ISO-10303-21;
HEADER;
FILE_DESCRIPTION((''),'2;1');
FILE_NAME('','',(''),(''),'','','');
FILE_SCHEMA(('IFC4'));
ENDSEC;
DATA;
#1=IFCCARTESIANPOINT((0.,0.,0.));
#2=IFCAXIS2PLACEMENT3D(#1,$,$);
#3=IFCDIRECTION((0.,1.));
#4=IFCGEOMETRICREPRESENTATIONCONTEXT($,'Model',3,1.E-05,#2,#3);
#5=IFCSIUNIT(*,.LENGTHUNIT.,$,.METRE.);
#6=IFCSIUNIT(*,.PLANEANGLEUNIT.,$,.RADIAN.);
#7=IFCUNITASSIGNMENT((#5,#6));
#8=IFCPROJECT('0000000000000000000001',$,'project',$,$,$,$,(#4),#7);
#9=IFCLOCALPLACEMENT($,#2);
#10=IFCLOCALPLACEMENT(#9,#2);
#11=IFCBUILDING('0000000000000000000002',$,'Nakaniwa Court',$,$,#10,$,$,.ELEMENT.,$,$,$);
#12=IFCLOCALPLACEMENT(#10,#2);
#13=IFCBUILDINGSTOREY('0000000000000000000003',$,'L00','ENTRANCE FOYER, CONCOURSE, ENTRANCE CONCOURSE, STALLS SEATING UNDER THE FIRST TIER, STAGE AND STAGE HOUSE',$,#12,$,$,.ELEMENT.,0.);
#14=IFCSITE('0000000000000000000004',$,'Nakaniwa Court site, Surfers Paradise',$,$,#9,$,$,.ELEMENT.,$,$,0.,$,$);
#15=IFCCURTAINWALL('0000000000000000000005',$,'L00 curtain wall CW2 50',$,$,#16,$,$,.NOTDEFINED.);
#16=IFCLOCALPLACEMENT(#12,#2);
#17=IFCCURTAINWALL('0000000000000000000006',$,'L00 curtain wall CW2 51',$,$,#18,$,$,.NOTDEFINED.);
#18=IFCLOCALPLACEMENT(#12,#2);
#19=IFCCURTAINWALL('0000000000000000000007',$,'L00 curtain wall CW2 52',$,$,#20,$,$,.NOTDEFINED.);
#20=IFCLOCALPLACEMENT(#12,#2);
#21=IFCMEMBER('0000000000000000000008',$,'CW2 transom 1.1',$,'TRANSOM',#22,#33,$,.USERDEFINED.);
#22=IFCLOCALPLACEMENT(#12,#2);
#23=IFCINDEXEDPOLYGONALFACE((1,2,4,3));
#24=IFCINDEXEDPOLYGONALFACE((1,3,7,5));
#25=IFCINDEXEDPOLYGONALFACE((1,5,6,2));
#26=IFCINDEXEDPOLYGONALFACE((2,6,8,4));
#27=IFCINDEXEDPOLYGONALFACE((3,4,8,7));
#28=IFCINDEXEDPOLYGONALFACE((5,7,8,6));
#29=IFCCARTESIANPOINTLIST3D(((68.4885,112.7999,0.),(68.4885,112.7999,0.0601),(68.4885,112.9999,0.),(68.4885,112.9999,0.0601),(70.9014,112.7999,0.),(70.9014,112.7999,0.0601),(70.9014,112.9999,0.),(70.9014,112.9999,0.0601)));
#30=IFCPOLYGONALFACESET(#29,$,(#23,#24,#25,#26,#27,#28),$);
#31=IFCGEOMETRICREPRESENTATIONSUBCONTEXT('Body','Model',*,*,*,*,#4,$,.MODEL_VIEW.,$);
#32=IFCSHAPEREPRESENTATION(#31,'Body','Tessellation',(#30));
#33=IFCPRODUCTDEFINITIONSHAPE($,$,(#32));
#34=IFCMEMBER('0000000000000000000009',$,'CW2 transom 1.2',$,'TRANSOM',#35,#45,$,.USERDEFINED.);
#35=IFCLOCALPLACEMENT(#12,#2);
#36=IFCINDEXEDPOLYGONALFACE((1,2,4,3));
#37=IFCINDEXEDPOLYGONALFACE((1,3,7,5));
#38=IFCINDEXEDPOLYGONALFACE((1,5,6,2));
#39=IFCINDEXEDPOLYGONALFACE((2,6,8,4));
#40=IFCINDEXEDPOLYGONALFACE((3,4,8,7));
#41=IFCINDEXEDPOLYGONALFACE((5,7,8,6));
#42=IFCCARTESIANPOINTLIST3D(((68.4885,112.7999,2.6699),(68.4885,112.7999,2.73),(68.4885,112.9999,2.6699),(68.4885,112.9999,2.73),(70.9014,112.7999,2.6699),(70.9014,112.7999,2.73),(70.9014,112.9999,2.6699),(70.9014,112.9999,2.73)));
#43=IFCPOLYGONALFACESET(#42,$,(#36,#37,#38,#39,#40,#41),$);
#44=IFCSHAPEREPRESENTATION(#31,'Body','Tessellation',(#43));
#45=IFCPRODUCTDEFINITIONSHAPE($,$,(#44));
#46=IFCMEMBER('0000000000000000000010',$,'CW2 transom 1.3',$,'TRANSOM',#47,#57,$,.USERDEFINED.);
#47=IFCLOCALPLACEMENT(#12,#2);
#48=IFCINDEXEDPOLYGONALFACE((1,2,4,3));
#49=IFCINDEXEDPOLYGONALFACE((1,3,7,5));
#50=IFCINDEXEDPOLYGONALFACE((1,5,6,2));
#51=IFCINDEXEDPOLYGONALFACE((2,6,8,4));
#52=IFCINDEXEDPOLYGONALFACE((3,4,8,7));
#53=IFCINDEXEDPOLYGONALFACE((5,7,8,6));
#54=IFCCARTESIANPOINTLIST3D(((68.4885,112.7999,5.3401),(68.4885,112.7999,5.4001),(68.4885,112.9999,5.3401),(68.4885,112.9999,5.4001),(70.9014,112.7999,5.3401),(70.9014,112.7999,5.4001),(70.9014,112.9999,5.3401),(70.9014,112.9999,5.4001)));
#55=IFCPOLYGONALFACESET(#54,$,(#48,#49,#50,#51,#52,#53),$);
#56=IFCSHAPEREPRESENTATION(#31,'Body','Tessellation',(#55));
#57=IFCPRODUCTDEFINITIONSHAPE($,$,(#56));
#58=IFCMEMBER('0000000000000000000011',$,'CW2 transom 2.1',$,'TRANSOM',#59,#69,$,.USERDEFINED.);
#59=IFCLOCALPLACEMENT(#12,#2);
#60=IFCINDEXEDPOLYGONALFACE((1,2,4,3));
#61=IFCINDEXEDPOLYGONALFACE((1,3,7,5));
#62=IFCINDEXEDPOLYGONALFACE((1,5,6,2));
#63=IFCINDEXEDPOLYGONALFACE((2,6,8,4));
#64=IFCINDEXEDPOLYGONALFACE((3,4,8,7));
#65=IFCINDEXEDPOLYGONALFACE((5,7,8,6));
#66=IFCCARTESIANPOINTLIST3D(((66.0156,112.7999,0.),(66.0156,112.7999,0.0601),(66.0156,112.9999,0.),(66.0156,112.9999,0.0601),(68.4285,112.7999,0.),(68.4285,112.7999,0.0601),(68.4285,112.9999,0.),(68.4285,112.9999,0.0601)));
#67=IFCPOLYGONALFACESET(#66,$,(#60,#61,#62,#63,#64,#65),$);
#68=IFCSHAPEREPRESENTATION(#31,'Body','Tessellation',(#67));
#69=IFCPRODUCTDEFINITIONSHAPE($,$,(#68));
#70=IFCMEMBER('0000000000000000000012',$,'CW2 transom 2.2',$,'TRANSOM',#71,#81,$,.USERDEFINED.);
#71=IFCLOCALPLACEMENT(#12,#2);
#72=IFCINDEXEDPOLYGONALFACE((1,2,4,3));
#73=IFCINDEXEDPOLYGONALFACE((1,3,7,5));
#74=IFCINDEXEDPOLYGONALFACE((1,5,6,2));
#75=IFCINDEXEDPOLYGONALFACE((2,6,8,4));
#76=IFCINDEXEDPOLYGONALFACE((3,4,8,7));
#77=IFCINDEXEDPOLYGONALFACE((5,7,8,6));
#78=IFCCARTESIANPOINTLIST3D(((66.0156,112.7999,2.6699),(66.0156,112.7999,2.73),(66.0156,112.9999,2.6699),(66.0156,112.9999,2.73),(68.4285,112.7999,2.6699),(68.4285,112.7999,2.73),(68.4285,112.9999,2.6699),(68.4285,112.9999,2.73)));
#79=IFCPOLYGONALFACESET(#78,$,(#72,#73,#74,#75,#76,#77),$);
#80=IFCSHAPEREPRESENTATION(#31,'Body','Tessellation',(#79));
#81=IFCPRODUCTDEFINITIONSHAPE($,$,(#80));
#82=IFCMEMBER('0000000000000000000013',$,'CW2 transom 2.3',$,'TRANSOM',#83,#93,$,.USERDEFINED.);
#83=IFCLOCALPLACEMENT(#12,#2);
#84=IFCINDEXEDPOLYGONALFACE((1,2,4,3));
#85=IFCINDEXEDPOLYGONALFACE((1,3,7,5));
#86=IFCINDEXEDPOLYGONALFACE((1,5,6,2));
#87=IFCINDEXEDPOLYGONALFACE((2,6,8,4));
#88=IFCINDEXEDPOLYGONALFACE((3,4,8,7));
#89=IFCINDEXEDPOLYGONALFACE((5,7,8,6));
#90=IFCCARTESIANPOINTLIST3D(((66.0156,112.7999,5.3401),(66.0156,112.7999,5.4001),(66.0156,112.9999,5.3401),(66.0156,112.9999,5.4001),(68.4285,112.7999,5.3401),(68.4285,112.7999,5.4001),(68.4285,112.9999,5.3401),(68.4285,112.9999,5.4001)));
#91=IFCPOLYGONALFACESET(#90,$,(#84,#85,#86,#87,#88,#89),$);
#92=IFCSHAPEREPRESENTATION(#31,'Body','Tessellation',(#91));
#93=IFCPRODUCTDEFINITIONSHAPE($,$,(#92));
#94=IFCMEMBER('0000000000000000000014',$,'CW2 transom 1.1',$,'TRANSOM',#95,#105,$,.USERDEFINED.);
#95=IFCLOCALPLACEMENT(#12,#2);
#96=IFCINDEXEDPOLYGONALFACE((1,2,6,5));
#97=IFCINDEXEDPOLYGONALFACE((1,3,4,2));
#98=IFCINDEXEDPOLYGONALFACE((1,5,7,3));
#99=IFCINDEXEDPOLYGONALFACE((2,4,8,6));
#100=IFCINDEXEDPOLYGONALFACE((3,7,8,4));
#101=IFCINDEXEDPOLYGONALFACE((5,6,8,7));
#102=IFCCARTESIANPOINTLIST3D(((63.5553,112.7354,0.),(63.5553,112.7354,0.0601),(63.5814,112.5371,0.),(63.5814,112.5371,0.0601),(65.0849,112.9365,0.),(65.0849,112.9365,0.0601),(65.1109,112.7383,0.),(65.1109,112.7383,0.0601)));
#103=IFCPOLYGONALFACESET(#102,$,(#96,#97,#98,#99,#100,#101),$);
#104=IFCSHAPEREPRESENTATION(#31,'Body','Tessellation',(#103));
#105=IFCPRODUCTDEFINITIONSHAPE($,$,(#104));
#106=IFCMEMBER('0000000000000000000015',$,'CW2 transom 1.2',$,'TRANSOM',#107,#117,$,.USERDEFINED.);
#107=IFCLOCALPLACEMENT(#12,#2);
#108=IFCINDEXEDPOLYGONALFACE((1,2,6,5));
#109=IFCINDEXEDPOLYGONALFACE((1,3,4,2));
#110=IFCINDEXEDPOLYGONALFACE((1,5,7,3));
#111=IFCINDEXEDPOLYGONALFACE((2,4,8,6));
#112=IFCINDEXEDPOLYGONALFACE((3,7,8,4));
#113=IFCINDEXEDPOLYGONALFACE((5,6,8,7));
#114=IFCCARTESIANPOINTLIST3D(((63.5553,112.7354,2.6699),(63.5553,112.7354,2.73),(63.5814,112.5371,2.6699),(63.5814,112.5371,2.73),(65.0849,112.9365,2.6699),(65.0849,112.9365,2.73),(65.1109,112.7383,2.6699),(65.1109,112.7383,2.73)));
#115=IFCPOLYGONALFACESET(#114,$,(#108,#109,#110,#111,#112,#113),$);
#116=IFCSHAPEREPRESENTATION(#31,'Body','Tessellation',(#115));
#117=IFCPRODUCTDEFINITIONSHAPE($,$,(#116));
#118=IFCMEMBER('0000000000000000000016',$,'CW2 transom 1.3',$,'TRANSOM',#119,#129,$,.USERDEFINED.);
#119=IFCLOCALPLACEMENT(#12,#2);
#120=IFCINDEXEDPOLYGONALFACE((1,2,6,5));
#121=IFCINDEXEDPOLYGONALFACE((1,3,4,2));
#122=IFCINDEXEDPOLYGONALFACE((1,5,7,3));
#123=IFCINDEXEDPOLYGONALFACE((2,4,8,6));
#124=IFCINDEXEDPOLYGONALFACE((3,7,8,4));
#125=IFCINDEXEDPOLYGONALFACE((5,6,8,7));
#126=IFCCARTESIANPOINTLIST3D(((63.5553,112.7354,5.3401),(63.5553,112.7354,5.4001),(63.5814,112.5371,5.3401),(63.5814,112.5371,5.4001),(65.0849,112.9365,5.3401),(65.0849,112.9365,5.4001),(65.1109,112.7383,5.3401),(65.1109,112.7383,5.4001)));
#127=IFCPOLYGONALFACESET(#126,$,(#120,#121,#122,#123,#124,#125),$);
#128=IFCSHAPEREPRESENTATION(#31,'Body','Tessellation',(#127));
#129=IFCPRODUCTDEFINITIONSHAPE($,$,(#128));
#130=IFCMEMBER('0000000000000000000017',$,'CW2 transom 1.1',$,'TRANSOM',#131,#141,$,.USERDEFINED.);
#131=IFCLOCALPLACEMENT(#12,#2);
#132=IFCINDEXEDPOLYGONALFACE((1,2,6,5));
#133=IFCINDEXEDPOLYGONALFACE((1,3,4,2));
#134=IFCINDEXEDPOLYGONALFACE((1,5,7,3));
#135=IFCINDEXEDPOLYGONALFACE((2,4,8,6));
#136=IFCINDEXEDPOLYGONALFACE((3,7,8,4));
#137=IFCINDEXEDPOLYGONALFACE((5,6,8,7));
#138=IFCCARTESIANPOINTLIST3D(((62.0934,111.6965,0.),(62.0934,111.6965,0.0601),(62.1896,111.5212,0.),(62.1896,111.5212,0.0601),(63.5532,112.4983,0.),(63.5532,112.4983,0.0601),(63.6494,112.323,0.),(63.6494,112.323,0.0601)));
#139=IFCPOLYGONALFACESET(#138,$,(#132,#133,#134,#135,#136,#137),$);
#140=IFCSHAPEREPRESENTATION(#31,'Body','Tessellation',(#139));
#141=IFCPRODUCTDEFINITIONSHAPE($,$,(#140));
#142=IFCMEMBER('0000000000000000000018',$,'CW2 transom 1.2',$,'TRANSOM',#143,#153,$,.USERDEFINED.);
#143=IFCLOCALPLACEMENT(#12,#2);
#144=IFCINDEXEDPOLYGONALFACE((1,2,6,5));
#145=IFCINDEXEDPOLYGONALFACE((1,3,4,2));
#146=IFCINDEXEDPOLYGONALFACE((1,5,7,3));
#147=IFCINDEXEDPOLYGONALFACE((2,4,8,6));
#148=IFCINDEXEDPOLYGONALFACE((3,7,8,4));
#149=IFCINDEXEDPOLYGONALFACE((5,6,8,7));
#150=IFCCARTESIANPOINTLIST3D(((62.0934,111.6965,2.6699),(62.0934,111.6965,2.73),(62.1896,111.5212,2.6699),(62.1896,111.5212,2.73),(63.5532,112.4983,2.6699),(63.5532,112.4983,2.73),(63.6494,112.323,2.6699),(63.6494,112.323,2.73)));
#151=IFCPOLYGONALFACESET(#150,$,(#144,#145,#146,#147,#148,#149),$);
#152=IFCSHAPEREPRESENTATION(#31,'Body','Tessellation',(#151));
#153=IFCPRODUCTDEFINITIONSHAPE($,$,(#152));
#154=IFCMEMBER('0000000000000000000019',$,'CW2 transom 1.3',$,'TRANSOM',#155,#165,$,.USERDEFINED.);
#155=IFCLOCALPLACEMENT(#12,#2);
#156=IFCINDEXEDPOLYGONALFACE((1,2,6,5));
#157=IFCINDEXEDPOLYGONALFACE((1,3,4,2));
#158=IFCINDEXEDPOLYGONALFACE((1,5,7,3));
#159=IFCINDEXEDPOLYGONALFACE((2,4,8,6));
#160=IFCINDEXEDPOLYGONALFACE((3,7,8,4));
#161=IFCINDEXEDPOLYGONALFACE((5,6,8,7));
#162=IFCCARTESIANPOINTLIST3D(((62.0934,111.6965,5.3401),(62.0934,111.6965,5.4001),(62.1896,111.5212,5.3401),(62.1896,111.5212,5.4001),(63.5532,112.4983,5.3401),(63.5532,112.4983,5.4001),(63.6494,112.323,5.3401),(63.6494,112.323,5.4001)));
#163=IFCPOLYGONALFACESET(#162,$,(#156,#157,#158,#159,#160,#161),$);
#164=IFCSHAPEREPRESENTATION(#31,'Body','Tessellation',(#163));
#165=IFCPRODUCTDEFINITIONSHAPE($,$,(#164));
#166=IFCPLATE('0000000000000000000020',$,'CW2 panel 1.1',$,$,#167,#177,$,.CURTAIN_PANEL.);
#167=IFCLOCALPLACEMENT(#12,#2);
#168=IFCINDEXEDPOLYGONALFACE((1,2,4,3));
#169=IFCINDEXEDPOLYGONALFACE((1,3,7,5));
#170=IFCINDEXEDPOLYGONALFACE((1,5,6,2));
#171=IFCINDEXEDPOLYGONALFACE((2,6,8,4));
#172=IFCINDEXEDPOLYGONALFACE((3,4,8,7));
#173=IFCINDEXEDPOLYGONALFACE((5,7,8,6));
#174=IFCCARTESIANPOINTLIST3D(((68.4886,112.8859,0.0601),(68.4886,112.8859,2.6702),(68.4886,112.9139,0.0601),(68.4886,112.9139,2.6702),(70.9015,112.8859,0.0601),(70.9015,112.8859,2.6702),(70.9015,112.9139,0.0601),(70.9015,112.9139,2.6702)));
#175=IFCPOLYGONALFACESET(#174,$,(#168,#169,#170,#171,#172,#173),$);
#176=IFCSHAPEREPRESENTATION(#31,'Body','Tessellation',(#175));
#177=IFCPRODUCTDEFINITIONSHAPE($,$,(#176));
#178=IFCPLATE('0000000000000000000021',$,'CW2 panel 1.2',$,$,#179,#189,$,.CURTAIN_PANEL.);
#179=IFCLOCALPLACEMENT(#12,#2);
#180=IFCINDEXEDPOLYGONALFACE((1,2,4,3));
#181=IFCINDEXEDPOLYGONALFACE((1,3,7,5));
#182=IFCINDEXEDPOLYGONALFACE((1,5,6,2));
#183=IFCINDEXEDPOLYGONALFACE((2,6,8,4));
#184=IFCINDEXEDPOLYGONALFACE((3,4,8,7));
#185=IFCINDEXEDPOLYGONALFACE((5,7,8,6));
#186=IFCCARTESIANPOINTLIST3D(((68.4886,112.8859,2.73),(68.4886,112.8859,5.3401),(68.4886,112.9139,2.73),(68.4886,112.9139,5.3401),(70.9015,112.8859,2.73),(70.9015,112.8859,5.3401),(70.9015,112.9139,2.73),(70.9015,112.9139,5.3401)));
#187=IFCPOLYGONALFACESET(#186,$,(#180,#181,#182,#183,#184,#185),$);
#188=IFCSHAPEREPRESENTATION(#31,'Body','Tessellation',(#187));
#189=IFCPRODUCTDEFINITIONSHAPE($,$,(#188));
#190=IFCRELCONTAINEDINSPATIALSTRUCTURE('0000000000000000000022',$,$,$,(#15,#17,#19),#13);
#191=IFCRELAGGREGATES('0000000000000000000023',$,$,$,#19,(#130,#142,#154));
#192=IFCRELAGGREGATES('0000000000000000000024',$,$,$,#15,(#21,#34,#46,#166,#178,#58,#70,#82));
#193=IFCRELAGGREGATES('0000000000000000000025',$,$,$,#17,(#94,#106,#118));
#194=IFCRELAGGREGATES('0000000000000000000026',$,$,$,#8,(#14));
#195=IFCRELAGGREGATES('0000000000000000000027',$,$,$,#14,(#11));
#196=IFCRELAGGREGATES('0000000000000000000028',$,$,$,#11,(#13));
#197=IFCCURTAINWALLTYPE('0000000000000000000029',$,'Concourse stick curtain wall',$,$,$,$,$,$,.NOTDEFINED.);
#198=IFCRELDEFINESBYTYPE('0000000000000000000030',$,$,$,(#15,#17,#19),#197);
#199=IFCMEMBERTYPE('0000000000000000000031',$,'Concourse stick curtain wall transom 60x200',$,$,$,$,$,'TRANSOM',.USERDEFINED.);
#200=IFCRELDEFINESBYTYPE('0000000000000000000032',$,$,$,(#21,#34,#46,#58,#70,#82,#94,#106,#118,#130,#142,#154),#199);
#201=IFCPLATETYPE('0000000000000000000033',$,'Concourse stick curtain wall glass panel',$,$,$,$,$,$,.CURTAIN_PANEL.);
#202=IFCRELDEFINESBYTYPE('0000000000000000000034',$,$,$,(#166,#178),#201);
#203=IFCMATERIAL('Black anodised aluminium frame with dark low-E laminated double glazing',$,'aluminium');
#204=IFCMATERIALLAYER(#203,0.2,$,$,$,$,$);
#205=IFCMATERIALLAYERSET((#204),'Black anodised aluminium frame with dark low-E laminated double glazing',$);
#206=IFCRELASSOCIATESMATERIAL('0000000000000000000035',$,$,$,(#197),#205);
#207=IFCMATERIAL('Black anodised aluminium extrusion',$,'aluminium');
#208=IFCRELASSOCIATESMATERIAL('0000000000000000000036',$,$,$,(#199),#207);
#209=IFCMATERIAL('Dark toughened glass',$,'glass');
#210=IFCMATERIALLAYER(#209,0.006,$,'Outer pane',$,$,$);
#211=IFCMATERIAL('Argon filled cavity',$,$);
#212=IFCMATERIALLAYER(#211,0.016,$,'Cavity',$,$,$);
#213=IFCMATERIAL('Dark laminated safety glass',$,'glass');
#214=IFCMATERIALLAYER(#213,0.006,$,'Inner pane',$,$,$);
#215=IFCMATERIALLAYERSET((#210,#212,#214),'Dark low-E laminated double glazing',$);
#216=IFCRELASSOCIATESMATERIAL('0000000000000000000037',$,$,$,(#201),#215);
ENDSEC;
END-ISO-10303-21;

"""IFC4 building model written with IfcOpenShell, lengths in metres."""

from ifc_helpers import new_model, si_unit, direction, frame, origin, origin_2d, place, context, subcontext, project, spatial, rectangle, extrude, material, layer, layer_set, material_profile, profile_set, type_object, element, aggregate, save


model = new_model("IFC4")

# Units and contexts
model_context = context("Model", 3, precision=1e-05, world=origin(), true_north=direction((0.0, 1.0)))
body_context = subcontext(model_context, "Body", "Model", "MODEL_VIEW")
ifc_project = project(units=[si_unit("LENGTHUNIT", "METRE"), si_unit("PLANEANGLEUNIT", "RADIAN")], contexts=[model_context])

# Site, building, storey
site_placement = place(None, origin())
site = spatial("IfcSite", under=ifc_project, at=site_placement, Name="Nakaniwa Court site, Surfers Paradise", CompositionType="ELEMENT", RefElevation=0.0)
building_placement = place(site_placement, origin())
building = spatial("IfcBuilding", under=site, at=building_placement, Name="Nakaniwa Court", CompositionType="ELEMENT")
storey_placement = place(building_placement, origin())
storey = spatial("IfcBuildingStorey", under=building, at=storey_placement, Name="L00", Description="ENTRANCE FOYER, CONCOURSE, ENTRANCE CONCOURSE, STALLS SEATING UNDER THE FIRST TIER, STAGE AND STAGE HOUSE", CompositionType="ELEMENT", Elevation=0.0)

# Curtain walls
ifc_material_1 = material(Name="Black anodised aluminium frame with dark low-E laminated double glazing", Category="aluminium")
ifc_layer_1 = layer(ifc_material_1, 0.2)
ifc_layer_set_1 = layer_set([ifc_layer_1], Name="Black anodised aluminium frame with dark low-E laminated double glazing")
curtain_wall_type = type_object("IfcCurtainWallType", Name="Concourse stick curtain wall", PredefinedType="NOTDEFINED", material=ifc_layer_set_1)
curtain_wall_1_placement = place(storey_placement, origin())
curtain_wall_1 = element("IfcCurtainWall", 1, at=curtain_wall_1_placement, inside=storey, type_object=curtain_wall_type, Name="L00 curtain wall CW2 50", PredefinedType="NOTDEFINED")
ifc_material_2 = material(Name="Black anodised aluminium extrusion", Category="aluminium")
curtain_wall_2_placement = place(storey_placement, origin())
curtain_wall_2 = element("IfcCurtainWall", 2, at=curtain_wall_2_placement, inside=storey, type_object=curtain_wall_type, Name="L00 curtain wall CW2 51", PredefinedType="NOTDEFINED")

# Curtain wall
curtain_wall_3_placement = place(storey_placement, origin())
curtain_wall_3 = element("IfcCurtainWall", 3, at=curtain_wall_3_placement, inside=storey, type_object=curtain_wall_type, Name="L00 curtain wall CW2 52", PredefinedType="NOTDEFINED")

# Members
ifc_material_profile_1 = material_profile(ifc_material_2, rectangle(XDim=0.2, YDim=0.0601, at=origin_2d()), Name="Concourse stick curtain wall transom 60x200")
ifc_profile_set_1 = profile_set([ifc_material_profile_1], Name="Black anodised aluminium extrusion")
member_type_1 = type_object("IfcMemberType", Name="Concourse stick curtain wall transom 60x200", ElementType="TRANSOM", PredefinedType="USERDEFINED", material=ifc_profile_set_1)
member_1_placement = place(storey_placement, frame((70.9014, 112.8999, 0.03), z_axis=(-1.0, 0.0, 0.0), x_axis=(0.0, -1.0, 0.0)))
member_1 = element("IfcMember", 4, at=member_1_placement, type_object=member_type_1, Name="CW2 transom 1.1", ObjectType="TRANSOM", PredefinedType="USERDEFINED", context=body_context, shape_type="SweptSolid", body=[
    extrude(rectangle(XDim=0.2, YDim=0.0601, at=origin_2d()), origin(), (0.0, 0.0, 1.0), 2.4128),
])
member_2_placement = place(storey_placement, frame((70.9014, 112.8999, 2.7), z_axis=(-1.0, 0.0, 0.0), x_axis=(0.0, -1.0, 0.0)))
member_2 = element("IfcMember", 5, at=member_2_placement, type_object=member_type_1, Name="CW2 transom 1.2", ObjectType="TRANSOM", PredefinedType="USERDEFINED", context=body_context, shape_type="SweptSolid", body=[
    extrude(rectangle(XDim=0.2, YDim=0.0601, at=origin_2d()), origin(), (0.0, 0.0, 1.0), 2.4128),
])
member_3_placement = place(storey_placement, frame((70.9014, 112.8999, 5.3701), z_axis=(-1.0, 0.0, 0.0), x_axis=(0.0, -1.0, 0.0)))
member_3 = element("IfcMember", 6, at=member_3_placement, type_object=member_type_1, Name="CW2 transom 1.3", ObjectType="TRANSOM", PredefinedType="USERDEFINED", context=body_context, shape_type="SweptSolid", body=[
    extrude(rectangle(XDim=0.2, YDim=0.0601, at=origin_2d()), origin(), (0.0, 0.0, 1.0), 2.4128),
])
member_4_placement = place(storey_placement, frame((68.4285, 112.8999, 0.03), z_axis=(-1.0, 0.0, 0.0), x_axis=(0.0, -1.0, 0.0)))
member_4 = element("IfcMember", 7, at=member_4_placement, type_object=member_type_1, Name="CW2 transom 2.1", ObjectType="TRANSOM", PredefinedType="USERDEFINED", context=body_context, shape_type="SweptSolid", body=[
    extrude(rectangle(XDim=0.2, YDim=0.0601, at=origin_2d()), origin(), (0.0, 0.0, 1.0), 2.4128),
])
member_5_placement = place(storey_placement, frame((68.4285, 112.8999, 2.7), z_axis=(-1.0, 0.0, 0.0), x_axis=(0.0, -1.0, 0.0)))
member_5 = element("IfcMember", 8, at=member_5_placement, type_object=member_type_1, Name="CW2 transom 2.2", ObjectType="TRANSOM", PredefinedType="USERDEFINED", context=body_context, shape_type="SweptSolid", body=[
    extrude(rectangle(XDim=0.2, YDim=0.0601, at=origin_2d()), origin(), (0.0, 0.0, 1.0), 2.4128),
])
member_6_placement = place(storey_placement, frame((68.4285, 112.8999, 5.3701), z_axis=(-1.0, 0.0, 0.0), x_axis=(0.0, -1.0, 0.0)))
member_6 = element("IfcMember", 9, at=member_6_placement, type_object=member_type_1, Name="CW2 transom 2.3", ObjectType="TRANSOM", PredefinedType="USERDEFINED", context=body_context, shape_type="SweptSolid", body=[
    extrude(rectangle(XDim=0.2, YDim=0.0601, at=origin_2d()), origin(), (0.0, 0.0, 1.0), 2.4128),
])
member_7_placement = place(storey_placement, frame((65.0979, 112.8374, 0.03), z_axis=(-0.991461, -0.130401, 0.0), x_axis=(0.130401, -0.991461, 0.0)))
member_7 = element("IfcMember", 10, at=member_7_placement, type_object=member_type_1, Name="CW2 transom 1.1", ObjectType="TRANSOM", PredefinedType="USERDEFINED", context=body_context, shape_type="SweptSolid", body=[
    extrude(rectangle(XDim=0.2, YDim=0.0601, at=origin_2d()), origin(), (0.0, 0.0, 1.0), 1.5427),
])
member_8_placement = place(storey_placement, frame((65.0979, 112.8374, 2.7), z_axis=(-0.991461, -0.130401, 0.0), x_axis=(0.130401, -0.991461, 0.0)))
member_8 = element("IfcMember", 11, at=member_8_placement, type_object=member_type_1, Name="CW2 transom 1.2", ObjectType="TRANSOM", PredefinedType="USERDEFINED", context=body_context, shape_type="SweptSolid", body=[
    extrude(rectangle(XDim=0.2, YDim=0.0601, at=origin_2d()), origin(), (0.0, 0.0, 1.0), 1.5427),
])
member_9_placement = place(storey_placement, frame((65.0979, 112.8374, 5.3701), z_axis=(-0.991461, -0.130401, 0.0), x_axis=(0.130401, -0.991461, 0.0)))
member_9 = element("IfcMember", 12, at=member_9_placement, type_object=member_type_1, Name="CW2 transom 1.3", ObjectType="TRANSOM", PredefinedType="USERDEFINED", context=body_context, shape_type="SweptSolid", body=[
    extrude(rectangle(XDim=0.2, YDim=0.0601, at=origin_2d()), origin(), (0.0, 0.0, 1.0), 1.5427),
])
member_10_placement = place(storey_placement, frame((63.6013, 112.4106, 0.03), z_axis=(-0.876491, -0.481418, 0.0), x_axis=(0.481418, -0.876491, 0.0)))
member_10 = element("IfcMember", 13, at=member_10_placement, type_object=member_type_1, Name="CW2 transom 1.1", ObjectType="TRANSOM", PredefinedType="USERDEFINED", context=body_context, shape_type="SweptSolid", body=[
    extrude(rectangle(XDim=0.2, YDim=0.0601, at=origin_2d()), origin(), (0.0, 0.0, 1.0), 1.6655),
])
member_11_placement = place(storey_placement, frame((63.6013, 112.4106, 2.7), z_axis=(-0.876491, -0.481418, 0.0), x_axis=(0.481418, -0.876491, 0.0)))
member_11 = element("IfcMember", 14, at=member_11_placement, type_object=member_type_1, Name="CW2 transom 1.2", ObjectType="TRANSOM", PredefinedType="USERDEFINED", context=body_context, shape_type="SweptSolid", body=[
    extrude(rectangle(XDim=0.2, YDim=0.0601, at=origin_2d()), origin(), (0.0, 0.0, 1.0), 1.6655),
])
member_12_placement = place(storey_placement, frame((63.6013, 112.4106, 5.3701), z_axis=(-0.876491, -0.481418, 0.0), x_axis=(0.481418, -0.876491, 0.0)))
member_12 = element("IfcMember", 15, at=member_12_placement, type_object=member_type_1, Name="CW2 transom 1.3", ObjectType="TRANSOM", PredefinedType="USERDEFINED", context=body_context, shape_type="SweptSolid", body=[
    extrude(rectangle(XDim=0.2, YDim=0.0601, at=origin_2d()), origin(), (0.0, 0.0, 1.0), 1.6655),
])
aggregate(curtain_wall_3, [member_10, member_11, member_12])

# Plates
ifc_material_3 = material(Name="Dark toughened glass", Category="glass")
ifc_layer_2 = layer(ifc_material_3, 0.006, Name="Outer pane")
ifc_material_4 = material(Name="Argon filled cavity")
ifc_layer_3 = layer(ifc_material_4, 0.016, Name="Cavity")
ifc_material_5 = material(Name="Dark laminated safety glass", Category="glass")
ifc_layer_4 = layer(ifc_material_5, 0.006, Name="Inner pane")
ifc_layer_set_2 = layer_set([ifc_layer_2, ifc_layer_3, ifc_layer_4], Name="Dark low-E laminated double glazing")
plate_type = type_object("IfcPlateType", Name="Concourse stick curtain wall glass panel", PredefinedType="CURTAIN_PANEL", material=ifc_layer_set_2)
plate_1_placement = place(storey_placement, frame((69.6951, 112.8999, 0.0601), z_axis=(0.0, 0.0, 1.0), x_axis=(-1.0, 0.0, 0.0)))
plate_1 = element("IfcPlate", 16, at=plate_1_placement, type_object=plate_type, Name="CW2 panel 1.1", PredefinedType="CURTAIN_PANEL", context=body_context, shape_type="SweptSolid", body=[
    extrude(rectangle(XDim=2.4128, YDim=0.0281, at=origin_2d()), origin(), (0.0, 0.0, 1.0), 2.6101),
])
plate_2_placement = place(storey_placement, frame((69.6951, 112.8999, 2.73), z_axis=(0.0, 0.0, 1.0), x_axis=(-1.0, 0.0, 0.0)))
plate_2 = element("IfcPlate", 17, at=plate_2_placement, type_object=plate_type, Name="CW2 panel 1.2", PredefinedType="CURTAIN_PANEL", context=body_context, shape_type="SweptSolid", body=[
    extrude(rectangle(XDim=2.4128, YDim=0.0281, at=origin_2d()), origin(), (0.0, 0.0, 1.0), 2.6101),
])
aggregate(curtain_wall_1, [member_1, member_2, member_3, plate_1, plate_2, member_4, member_5, member_6])
aggregate(curtain_wall_2, [member_7, member_8, member_9])

save(model, "model.ifc")
